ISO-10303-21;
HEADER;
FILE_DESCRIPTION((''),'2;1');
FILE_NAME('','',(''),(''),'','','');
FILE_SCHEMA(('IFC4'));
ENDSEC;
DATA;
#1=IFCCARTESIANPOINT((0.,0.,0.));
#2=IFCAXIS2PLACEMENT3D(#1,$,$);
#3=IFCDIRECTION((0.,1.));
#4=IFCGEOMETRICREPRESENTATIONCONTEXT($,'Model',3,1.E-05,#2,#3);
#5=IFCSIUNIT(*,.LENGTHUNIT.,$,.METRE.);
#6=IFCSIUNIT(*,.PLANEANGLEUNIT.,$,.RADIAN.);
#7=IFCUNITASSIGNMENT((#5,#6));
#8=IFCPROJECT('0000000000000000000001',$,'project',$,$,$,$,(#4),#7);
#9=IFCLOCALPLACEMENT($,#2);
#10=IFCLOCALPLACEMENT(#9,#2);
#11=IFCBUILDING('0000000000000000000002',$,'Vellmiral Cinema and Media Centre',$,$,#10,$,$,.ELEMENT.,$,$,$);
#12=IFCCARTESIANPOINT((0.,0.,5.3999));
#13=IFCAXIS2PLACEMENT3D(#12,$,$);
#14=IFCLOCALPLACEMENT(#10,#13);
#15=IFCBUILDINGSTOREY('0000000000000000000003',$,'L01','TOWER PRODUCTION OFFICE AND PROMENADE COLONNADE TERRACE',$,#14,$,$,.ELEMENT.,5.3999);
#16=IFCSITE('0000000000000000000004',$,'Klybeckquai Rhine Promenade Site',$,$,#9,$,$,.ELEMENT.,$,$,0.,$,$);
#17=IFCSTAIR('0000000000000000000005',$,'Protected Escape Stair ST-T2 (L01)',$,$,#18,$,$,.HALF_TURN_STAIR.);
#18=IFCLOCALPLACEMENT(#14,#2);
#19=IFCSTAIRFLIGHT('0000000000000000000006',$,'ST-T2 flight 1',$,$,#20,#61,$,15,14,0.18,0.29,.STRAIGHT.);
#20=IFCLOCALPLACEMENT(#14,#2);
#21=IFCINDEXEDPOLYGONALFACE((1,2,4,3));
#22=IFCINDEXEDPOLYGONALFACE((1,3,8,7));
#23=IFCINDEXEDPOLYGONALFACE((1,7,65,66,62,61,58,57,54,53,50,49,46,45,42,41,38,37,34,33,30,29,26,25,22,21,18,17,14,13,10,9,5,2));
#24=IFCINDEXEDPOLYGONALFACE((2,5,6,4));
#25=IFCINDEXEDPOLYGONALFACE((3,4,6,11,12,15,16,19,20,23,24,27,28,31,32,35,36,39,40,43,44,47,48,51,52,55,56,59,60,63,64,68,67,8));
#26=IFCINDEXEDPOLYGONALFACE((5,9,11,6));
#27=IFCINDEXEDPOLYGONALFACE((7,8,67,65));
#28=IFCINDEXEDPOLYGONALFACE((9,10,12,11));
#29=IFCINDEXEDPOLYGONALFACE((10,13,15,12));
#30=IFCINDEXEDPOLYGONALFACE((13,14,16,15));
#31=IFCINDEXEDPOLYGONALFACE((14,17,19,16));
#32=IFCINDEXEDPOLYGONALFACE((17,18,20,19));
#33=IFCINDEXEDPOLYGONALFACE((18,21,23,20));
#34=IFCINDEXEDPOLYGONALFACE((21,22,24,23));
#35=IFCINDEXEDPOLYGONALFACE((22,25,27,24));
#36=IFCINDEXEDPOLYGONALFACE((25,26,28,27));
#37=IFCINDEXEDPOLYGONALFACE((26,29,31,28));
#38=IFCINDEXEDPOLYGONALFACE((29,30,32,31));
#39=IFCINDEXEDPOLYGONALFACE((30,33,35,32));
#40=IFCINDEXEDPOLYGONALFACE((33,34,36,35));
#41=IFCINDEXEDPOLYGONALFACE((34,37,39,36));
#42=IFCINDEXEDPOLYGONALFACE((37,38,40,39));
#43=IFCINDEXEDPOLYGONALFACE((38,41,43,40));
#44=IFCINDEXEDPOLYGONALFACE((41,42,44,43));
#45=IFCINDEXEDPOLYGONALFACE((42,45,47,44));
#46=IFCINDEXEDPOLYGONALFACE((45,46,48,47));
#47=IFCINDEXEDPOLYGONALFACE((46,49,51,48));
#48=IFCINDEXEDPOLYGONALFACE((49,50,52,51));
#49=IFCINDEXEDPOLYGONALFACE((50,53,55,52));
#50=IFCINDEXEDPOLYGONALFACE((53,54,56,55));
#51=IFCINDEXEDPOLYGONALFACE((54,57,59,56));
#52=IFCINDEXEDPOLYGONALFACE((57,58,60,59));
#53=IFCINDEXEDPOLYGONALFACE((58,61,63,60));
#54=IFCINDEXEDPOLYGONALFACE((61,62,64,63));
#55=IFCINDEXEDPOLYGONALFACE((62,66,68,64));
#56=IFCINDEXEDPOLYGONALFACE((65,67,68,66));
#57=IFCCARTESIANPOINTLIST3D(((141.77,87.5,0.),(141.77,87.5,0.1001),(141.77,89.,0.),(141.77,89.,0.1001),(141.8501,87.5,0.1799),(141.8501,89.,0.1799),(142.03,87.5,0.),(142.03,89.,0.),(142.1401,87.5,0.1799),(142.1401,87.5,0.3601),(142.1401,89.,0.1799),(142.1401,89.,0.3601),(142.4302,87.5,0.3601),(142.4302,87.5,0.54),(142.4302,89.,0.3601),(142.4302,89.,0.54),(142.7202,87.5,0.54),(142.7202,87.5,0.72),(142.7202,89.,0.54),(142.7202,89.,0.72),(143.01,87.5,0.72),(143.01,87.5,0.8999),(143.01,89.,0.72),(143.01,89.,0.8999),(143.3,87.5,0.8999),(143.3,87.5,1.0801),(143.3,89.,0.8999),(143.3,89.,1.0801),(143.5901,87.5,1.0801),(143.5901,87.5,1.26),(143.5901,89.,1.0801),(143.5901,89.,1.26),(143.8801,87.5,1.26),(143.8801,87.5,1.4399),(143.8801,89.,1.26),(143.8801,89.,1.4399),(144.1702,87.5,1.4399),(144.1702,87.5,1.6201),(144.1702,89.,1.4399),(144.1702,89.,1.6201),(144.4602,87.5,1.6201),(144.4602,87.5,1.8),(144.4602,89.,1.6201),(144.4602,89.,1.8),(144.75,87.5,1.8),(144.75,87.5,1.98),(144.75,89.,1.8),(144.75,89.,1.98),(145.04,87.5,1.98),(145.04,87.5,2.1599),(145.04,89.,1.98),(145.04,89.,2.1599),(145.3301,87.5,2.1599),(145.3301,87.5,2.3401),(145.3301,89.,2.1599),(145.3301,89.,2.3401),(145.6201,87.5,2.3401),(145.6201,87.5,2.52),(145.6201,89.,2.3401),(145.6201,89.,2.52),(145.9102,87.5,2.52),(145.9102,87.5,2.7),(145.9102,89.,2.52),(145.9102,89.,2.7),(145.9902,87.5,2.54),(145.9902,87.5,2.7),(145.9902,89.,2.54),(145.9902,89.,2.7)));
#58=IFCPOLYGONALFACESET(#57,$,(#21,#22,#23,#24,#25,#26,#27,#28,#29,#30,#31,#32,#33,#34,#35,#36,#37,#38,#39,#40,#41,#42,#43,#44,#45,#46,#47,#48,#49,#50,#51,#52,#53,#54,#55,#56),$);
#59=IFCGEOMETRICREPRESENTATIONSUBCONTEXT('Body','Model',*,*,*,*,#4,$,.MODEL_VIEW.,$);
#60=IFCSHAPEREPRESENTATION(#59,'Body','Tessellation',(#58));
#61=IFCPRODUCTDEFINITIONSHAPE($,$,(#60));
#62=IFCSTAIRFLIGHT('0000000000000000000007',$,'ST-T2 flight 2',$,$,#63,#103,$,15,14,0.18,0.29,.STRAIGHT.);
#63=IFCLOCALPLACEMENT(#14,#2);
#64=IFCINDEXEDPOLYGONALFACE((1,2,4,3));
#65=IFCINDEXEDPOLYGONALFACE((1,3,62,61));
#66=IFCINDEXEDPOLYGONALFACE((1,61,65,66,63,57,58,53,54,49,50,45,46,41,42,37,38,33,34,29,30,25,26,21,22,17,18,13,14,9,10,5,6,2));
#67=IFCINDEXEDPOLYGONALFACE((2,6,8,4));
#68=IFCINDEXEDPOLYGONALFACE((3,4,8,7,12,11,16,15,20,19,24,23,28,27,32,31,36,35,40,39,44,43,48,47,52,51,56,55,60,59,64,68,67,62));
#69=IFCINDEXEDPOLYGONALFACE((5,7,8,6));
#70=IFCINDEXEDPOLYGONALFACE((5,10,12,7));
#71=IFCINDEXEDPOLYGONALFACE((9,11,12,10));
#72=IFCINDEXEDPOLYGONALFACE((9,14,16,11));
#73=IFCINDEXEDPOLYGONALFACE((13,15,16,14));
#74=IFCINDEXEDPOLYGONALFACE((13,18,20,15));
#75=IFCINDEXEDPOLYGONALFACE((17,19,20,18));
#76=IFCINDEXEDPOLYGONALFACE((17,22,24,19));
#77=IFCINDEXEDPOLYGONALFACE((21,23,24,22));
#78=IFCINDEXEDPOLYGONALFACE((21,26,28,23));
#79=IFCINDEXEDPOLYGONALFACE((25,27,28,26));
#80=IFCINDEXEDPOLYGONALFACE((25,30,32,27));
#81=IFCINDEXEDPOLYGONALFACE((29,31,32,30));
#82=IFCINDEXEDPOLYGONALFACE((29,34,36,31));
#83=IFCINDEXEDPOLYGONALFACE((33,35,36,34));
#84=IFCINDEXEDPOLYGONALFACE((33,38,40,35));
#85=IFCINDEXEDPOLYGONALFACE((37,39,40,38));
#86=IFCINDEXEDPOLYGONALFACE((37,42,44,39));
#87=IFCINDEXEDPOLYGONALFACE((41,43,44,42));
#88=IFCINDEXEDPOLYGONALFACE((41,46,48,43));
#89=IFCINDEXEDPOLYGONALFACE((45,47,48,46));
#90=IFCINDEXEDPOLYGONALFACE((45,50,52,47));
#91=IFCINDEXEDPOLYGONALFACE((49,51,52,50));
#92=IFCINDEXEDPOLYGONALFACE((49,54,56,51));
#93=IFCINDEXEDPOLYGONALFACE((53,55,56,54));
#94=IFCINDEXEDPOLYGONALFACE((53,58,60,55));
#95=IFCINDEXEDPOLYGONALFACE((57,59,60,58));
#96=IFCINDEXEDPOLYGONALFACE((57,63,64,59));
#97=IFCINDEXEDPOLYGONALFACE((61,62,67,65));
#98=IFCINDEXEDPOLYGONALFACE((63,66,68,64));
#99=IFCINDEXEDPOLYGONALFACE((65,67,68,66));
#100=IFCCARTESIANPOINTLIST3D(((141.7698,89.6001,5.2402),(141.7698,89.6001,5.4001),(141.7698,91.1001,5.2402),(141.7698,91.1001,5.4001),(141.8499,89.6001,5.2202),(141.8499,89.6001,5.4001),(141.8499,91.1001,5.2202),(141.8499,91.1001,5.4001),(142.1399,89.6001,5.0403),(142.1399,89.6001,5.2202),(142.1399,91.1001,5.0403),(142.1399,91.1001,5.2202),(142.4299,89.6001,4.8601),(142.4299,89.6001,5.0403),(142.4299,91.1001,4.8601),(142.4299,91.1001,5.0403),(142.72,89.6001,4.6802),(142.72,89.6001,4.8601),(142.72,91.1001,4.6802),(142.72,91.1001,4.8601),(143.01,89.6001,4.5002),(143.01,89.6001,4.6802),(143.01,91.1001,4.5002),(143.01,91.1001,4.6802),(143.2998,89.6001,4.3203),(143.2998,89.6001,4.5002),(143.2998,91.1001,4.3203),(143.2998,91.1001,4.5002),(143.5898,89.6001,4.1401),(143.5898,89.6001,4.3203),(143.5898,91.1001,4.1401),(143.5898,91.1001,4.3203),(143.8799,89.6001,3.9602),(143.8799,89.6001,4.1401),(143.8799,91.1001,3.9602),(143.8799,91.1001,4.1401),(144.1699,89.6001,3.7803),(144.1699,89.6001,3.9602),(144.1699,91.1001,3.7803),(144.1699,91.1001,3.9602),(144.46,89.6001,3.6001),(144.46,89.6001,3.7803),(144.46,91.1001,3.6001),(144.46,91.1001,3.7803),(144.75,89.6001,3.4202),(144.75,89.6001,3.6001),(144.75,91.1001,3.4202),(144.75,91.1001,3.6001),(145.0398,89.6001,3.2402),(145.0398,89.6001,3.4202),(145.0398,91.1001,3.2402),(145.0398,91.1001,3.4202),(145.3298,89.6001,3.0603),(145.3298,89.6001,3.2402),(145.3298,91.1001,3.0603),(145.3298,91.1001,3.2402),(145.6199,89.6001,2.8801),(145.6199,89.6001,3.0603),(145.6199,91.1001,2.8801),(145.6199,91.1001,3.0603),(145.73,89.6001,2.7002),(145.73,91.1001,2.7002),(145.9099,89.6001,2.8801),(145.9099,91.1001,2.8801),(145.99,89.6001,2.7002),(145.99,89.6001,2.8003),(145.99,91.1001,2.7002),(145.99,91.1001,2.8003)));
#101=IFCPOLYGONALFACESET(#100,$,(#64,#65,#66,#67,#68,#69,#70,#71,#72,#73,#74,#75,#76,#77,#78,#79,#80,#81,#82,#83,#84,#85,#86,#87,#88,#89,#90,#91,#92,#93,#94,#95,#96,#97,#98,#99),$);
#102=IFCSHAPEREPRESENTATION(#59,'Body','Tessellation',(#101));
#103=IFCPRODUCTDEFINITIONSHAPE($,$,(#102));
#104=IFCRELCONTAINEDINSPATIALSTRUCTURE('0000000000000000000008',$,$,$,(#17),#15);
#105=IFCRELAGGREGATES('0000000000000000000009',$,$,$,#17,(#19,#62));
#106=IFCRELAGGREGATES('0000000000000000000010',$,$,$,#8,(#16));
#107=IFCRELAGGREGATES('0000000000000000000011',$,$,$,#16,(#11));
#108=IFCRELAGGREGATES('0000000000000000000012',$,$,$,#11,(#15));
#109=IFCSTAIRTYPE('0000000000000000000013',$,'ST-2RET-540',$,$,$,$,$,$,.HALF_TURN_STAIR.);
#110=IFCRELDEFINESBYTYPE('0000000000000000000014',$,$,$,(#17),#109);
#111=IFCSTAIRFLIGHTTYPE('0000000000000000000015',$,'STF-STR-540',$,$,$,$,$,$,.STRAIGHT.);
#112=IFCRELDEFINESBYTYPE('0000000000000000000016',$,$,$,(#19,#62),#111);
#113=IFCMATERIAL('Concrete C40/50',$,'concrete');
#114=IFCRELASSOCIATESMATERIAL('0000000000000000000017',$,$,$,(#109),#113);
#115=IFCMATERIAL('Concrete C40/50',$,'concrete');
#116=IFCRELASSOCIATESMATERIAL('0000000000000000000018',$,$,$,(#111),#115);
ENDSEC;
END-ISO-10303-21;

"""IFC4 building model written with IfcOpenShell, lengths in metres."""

from ifc_helpers import new_model, si_unit, direction, frame, origin, place, context, subcontext, project, spatial, polyline, outline, extrude, material, type_object, element, aggregate, save


model = new_model("IFC4")

# Units and contexts
model_context = context("Model", 3, precision=1e-05, world=origin(), true_north=direction((0.0, 1.0)))
body_context = subcontext(model_context, "Body", "Model", "MODEL_VIEW")
ifc_project = project(units=[si_unit("LENGTHUNIT", "METRE"), si_unit("PLANEANGLEUNIT", "RADIAN")], contexts=[model_context])

# Site, building, storey
site_placement = place(None, origin())
site = spatial("IfcSite", under=ifc_project, at=site_placement, Name="Klybeckquai Rhine Promenade Site", CompositionType="ELEMENT", RefElevation=0.0)
building_placement = place(site_placement, origin())
building = spatial("IfcBuilding", under=site, at=building_placement, Name="Vellmiral Cinema and Media Centre", CompositionType="ELEMENT")
storey_placement = place(building_placement, frame((0.0, 0.0, 5.3999)))
storey = spatial("IfcBuildingStorey", under=building, at=storey_placement, Name="L01", Description="TOWER PRODUCTION OFFICE AND PROMENADE COLONNADE TERRACE", CompositionType="ELEMENT", Elevation=5.3999)

# Stair, stair flights
ifc_material_1 = material(Name="Concrete C40/50", Category="concrete")
stair_type = type_object("IfcStairType", Name="ST-2RET-540", PredefinedType="HALF_TURN_STAIR", material=ifc_material_1)
stair_placement = place(storey_placement, origin())
stair = element("IfcStair", 1, at=stair_placement, inside=storey, type_object=stair_type, Name="Protected Escape Stair ST-T2 (L01)", PredefinedType="HALF_TURN_STAIR")
ifc_material_2 = material(Name="Concrete C40/50", Category="concrete")
stair_flight_type = type_object("IfcStairFlightType", Name="STF-STR-540", PredefinedType="STRAIGHT", material=ifc_material_2)
stair_flight_1_placement = place(storey_placement, frame((141.8501, 88.25, 0.0), z_axis=(0.0, 0.0, 1.0), x_axis=(1.0, 0.0, 0.0)))
stair_flight_1 = element("IfcStairFlight", 2, at=stair_flight_1_placement, type_object=stair_flight_type, Name="ST-T2 flight 1", NumberOfRisers=15, NumberOfTreads=14, PredefinedType="STRAIGHT", RiserHeight=0.18, TreadLength=0.29, context=body_context, shape_type="SweptSolid", body=[
    extrude(outline(polyline([(-0.0801, 0.0), (-0.0801, 0.1001), (0.0, 0.1799), (0.29, 0.1799), (0.29, 0.3601), (0.5801, 0.3601), (0.5801, 0.54), (0.8701, 0.54), (0.8701, 0.72), (1.1599, 0.72), (1.1599, 0.8999), (1.45, 0.8999), (1.45, 1.0801), (1.74, 1.0801), (1.74, 1.26), (2.03, 1.26), (2.03, 1.4399), (2.3201, 1.4399), (2.3201, 1.6201), (2.6101, 1.6201), (2.6101, 1.8), (2.8999, 1.8), (2.8999, 1.98), (3.1899, 1.98), (3.1899, 2.1599), (3.48, 2.1599), (3.48, 2.3401), (3.77, 2.3401), (3.77, 2.52), (4.0601, 2.52), (4.0601, 2.7), (4.1401, 2.7), (4.1401, 2.54), (0.1799, 0.0), (-0.0801, 0.0)])), frame((0.0, 0.75, 0.0), z_axis=(0.0, -1.0, 0.0), x_axis=(1.0, 0.0, 0.0)), (0.0, 0.0, 1.0), 1.5),
])
stair_flight_2_placement = place(storey_placement, frame((145.9099, 90.3501, 2.7002), z_axis=(0.0, 0.0, 1.0), x_axis=(-1.0, 0.0, 0.0)))
stair_flight_2 = element("IfcStairFlight", 3, at=stair_flight_2_placement, type_object=stair_flight_type, Name="ST-T2 flight 2", NumberOfRisers=15, NumberOfTreads=14, PredefinedType="STRAIGHT", RiserHeight=0.18, TreadLength=0.29, context=body_context, shape_type="SweptSolid", body=[
    extrude(outline(polyline([(-0.0801, 0.0), (-0.0801, 0.1001), (0.0, 0.1799), (0.29, 0.1799), (0.29, 0.3601), (0.5801, 0.3601), (0.5801, 0.54), (0.8701, 0.54), (0.8701, 0.72), (1.1599, 0.72), (1.1599, 0.8999), (1.45, 0.8999), (1.45, 1.0801), (1.74, 1.0801), (1.74, 1.26), (2.03, 1.26), (2.03, 1.4399), (2.3201, 1.4399), (2.3201, 1.6201), (2.6101, 1.6201), (2.6101, 1.8), (2.8999, 1.8), (2.8999, 1.98), (3.1899, 1.98), (3.1899, 2.1599), (3.48, 2.1599), (3.48, 2.3401), (3.77, 2.3401), (3.77, 2.52), (4.0601, 2.52), (4.0601, 2.7), (4.1401, 2.7), (4.1401, 2.54), (0.1799, 0.0), (-0.0801, 0.0)])), frame((0.0, 0.75, 0.0), z_axis=(0.0, -1.0, 0.0), x_axis=(1.0, 0.0, 0.0)), (0.0, 0.0, 1.0), 1.5),
])
aggregate(stair, [stair_flight_1, stair_flight_2])

save(model, "model.ifc")
